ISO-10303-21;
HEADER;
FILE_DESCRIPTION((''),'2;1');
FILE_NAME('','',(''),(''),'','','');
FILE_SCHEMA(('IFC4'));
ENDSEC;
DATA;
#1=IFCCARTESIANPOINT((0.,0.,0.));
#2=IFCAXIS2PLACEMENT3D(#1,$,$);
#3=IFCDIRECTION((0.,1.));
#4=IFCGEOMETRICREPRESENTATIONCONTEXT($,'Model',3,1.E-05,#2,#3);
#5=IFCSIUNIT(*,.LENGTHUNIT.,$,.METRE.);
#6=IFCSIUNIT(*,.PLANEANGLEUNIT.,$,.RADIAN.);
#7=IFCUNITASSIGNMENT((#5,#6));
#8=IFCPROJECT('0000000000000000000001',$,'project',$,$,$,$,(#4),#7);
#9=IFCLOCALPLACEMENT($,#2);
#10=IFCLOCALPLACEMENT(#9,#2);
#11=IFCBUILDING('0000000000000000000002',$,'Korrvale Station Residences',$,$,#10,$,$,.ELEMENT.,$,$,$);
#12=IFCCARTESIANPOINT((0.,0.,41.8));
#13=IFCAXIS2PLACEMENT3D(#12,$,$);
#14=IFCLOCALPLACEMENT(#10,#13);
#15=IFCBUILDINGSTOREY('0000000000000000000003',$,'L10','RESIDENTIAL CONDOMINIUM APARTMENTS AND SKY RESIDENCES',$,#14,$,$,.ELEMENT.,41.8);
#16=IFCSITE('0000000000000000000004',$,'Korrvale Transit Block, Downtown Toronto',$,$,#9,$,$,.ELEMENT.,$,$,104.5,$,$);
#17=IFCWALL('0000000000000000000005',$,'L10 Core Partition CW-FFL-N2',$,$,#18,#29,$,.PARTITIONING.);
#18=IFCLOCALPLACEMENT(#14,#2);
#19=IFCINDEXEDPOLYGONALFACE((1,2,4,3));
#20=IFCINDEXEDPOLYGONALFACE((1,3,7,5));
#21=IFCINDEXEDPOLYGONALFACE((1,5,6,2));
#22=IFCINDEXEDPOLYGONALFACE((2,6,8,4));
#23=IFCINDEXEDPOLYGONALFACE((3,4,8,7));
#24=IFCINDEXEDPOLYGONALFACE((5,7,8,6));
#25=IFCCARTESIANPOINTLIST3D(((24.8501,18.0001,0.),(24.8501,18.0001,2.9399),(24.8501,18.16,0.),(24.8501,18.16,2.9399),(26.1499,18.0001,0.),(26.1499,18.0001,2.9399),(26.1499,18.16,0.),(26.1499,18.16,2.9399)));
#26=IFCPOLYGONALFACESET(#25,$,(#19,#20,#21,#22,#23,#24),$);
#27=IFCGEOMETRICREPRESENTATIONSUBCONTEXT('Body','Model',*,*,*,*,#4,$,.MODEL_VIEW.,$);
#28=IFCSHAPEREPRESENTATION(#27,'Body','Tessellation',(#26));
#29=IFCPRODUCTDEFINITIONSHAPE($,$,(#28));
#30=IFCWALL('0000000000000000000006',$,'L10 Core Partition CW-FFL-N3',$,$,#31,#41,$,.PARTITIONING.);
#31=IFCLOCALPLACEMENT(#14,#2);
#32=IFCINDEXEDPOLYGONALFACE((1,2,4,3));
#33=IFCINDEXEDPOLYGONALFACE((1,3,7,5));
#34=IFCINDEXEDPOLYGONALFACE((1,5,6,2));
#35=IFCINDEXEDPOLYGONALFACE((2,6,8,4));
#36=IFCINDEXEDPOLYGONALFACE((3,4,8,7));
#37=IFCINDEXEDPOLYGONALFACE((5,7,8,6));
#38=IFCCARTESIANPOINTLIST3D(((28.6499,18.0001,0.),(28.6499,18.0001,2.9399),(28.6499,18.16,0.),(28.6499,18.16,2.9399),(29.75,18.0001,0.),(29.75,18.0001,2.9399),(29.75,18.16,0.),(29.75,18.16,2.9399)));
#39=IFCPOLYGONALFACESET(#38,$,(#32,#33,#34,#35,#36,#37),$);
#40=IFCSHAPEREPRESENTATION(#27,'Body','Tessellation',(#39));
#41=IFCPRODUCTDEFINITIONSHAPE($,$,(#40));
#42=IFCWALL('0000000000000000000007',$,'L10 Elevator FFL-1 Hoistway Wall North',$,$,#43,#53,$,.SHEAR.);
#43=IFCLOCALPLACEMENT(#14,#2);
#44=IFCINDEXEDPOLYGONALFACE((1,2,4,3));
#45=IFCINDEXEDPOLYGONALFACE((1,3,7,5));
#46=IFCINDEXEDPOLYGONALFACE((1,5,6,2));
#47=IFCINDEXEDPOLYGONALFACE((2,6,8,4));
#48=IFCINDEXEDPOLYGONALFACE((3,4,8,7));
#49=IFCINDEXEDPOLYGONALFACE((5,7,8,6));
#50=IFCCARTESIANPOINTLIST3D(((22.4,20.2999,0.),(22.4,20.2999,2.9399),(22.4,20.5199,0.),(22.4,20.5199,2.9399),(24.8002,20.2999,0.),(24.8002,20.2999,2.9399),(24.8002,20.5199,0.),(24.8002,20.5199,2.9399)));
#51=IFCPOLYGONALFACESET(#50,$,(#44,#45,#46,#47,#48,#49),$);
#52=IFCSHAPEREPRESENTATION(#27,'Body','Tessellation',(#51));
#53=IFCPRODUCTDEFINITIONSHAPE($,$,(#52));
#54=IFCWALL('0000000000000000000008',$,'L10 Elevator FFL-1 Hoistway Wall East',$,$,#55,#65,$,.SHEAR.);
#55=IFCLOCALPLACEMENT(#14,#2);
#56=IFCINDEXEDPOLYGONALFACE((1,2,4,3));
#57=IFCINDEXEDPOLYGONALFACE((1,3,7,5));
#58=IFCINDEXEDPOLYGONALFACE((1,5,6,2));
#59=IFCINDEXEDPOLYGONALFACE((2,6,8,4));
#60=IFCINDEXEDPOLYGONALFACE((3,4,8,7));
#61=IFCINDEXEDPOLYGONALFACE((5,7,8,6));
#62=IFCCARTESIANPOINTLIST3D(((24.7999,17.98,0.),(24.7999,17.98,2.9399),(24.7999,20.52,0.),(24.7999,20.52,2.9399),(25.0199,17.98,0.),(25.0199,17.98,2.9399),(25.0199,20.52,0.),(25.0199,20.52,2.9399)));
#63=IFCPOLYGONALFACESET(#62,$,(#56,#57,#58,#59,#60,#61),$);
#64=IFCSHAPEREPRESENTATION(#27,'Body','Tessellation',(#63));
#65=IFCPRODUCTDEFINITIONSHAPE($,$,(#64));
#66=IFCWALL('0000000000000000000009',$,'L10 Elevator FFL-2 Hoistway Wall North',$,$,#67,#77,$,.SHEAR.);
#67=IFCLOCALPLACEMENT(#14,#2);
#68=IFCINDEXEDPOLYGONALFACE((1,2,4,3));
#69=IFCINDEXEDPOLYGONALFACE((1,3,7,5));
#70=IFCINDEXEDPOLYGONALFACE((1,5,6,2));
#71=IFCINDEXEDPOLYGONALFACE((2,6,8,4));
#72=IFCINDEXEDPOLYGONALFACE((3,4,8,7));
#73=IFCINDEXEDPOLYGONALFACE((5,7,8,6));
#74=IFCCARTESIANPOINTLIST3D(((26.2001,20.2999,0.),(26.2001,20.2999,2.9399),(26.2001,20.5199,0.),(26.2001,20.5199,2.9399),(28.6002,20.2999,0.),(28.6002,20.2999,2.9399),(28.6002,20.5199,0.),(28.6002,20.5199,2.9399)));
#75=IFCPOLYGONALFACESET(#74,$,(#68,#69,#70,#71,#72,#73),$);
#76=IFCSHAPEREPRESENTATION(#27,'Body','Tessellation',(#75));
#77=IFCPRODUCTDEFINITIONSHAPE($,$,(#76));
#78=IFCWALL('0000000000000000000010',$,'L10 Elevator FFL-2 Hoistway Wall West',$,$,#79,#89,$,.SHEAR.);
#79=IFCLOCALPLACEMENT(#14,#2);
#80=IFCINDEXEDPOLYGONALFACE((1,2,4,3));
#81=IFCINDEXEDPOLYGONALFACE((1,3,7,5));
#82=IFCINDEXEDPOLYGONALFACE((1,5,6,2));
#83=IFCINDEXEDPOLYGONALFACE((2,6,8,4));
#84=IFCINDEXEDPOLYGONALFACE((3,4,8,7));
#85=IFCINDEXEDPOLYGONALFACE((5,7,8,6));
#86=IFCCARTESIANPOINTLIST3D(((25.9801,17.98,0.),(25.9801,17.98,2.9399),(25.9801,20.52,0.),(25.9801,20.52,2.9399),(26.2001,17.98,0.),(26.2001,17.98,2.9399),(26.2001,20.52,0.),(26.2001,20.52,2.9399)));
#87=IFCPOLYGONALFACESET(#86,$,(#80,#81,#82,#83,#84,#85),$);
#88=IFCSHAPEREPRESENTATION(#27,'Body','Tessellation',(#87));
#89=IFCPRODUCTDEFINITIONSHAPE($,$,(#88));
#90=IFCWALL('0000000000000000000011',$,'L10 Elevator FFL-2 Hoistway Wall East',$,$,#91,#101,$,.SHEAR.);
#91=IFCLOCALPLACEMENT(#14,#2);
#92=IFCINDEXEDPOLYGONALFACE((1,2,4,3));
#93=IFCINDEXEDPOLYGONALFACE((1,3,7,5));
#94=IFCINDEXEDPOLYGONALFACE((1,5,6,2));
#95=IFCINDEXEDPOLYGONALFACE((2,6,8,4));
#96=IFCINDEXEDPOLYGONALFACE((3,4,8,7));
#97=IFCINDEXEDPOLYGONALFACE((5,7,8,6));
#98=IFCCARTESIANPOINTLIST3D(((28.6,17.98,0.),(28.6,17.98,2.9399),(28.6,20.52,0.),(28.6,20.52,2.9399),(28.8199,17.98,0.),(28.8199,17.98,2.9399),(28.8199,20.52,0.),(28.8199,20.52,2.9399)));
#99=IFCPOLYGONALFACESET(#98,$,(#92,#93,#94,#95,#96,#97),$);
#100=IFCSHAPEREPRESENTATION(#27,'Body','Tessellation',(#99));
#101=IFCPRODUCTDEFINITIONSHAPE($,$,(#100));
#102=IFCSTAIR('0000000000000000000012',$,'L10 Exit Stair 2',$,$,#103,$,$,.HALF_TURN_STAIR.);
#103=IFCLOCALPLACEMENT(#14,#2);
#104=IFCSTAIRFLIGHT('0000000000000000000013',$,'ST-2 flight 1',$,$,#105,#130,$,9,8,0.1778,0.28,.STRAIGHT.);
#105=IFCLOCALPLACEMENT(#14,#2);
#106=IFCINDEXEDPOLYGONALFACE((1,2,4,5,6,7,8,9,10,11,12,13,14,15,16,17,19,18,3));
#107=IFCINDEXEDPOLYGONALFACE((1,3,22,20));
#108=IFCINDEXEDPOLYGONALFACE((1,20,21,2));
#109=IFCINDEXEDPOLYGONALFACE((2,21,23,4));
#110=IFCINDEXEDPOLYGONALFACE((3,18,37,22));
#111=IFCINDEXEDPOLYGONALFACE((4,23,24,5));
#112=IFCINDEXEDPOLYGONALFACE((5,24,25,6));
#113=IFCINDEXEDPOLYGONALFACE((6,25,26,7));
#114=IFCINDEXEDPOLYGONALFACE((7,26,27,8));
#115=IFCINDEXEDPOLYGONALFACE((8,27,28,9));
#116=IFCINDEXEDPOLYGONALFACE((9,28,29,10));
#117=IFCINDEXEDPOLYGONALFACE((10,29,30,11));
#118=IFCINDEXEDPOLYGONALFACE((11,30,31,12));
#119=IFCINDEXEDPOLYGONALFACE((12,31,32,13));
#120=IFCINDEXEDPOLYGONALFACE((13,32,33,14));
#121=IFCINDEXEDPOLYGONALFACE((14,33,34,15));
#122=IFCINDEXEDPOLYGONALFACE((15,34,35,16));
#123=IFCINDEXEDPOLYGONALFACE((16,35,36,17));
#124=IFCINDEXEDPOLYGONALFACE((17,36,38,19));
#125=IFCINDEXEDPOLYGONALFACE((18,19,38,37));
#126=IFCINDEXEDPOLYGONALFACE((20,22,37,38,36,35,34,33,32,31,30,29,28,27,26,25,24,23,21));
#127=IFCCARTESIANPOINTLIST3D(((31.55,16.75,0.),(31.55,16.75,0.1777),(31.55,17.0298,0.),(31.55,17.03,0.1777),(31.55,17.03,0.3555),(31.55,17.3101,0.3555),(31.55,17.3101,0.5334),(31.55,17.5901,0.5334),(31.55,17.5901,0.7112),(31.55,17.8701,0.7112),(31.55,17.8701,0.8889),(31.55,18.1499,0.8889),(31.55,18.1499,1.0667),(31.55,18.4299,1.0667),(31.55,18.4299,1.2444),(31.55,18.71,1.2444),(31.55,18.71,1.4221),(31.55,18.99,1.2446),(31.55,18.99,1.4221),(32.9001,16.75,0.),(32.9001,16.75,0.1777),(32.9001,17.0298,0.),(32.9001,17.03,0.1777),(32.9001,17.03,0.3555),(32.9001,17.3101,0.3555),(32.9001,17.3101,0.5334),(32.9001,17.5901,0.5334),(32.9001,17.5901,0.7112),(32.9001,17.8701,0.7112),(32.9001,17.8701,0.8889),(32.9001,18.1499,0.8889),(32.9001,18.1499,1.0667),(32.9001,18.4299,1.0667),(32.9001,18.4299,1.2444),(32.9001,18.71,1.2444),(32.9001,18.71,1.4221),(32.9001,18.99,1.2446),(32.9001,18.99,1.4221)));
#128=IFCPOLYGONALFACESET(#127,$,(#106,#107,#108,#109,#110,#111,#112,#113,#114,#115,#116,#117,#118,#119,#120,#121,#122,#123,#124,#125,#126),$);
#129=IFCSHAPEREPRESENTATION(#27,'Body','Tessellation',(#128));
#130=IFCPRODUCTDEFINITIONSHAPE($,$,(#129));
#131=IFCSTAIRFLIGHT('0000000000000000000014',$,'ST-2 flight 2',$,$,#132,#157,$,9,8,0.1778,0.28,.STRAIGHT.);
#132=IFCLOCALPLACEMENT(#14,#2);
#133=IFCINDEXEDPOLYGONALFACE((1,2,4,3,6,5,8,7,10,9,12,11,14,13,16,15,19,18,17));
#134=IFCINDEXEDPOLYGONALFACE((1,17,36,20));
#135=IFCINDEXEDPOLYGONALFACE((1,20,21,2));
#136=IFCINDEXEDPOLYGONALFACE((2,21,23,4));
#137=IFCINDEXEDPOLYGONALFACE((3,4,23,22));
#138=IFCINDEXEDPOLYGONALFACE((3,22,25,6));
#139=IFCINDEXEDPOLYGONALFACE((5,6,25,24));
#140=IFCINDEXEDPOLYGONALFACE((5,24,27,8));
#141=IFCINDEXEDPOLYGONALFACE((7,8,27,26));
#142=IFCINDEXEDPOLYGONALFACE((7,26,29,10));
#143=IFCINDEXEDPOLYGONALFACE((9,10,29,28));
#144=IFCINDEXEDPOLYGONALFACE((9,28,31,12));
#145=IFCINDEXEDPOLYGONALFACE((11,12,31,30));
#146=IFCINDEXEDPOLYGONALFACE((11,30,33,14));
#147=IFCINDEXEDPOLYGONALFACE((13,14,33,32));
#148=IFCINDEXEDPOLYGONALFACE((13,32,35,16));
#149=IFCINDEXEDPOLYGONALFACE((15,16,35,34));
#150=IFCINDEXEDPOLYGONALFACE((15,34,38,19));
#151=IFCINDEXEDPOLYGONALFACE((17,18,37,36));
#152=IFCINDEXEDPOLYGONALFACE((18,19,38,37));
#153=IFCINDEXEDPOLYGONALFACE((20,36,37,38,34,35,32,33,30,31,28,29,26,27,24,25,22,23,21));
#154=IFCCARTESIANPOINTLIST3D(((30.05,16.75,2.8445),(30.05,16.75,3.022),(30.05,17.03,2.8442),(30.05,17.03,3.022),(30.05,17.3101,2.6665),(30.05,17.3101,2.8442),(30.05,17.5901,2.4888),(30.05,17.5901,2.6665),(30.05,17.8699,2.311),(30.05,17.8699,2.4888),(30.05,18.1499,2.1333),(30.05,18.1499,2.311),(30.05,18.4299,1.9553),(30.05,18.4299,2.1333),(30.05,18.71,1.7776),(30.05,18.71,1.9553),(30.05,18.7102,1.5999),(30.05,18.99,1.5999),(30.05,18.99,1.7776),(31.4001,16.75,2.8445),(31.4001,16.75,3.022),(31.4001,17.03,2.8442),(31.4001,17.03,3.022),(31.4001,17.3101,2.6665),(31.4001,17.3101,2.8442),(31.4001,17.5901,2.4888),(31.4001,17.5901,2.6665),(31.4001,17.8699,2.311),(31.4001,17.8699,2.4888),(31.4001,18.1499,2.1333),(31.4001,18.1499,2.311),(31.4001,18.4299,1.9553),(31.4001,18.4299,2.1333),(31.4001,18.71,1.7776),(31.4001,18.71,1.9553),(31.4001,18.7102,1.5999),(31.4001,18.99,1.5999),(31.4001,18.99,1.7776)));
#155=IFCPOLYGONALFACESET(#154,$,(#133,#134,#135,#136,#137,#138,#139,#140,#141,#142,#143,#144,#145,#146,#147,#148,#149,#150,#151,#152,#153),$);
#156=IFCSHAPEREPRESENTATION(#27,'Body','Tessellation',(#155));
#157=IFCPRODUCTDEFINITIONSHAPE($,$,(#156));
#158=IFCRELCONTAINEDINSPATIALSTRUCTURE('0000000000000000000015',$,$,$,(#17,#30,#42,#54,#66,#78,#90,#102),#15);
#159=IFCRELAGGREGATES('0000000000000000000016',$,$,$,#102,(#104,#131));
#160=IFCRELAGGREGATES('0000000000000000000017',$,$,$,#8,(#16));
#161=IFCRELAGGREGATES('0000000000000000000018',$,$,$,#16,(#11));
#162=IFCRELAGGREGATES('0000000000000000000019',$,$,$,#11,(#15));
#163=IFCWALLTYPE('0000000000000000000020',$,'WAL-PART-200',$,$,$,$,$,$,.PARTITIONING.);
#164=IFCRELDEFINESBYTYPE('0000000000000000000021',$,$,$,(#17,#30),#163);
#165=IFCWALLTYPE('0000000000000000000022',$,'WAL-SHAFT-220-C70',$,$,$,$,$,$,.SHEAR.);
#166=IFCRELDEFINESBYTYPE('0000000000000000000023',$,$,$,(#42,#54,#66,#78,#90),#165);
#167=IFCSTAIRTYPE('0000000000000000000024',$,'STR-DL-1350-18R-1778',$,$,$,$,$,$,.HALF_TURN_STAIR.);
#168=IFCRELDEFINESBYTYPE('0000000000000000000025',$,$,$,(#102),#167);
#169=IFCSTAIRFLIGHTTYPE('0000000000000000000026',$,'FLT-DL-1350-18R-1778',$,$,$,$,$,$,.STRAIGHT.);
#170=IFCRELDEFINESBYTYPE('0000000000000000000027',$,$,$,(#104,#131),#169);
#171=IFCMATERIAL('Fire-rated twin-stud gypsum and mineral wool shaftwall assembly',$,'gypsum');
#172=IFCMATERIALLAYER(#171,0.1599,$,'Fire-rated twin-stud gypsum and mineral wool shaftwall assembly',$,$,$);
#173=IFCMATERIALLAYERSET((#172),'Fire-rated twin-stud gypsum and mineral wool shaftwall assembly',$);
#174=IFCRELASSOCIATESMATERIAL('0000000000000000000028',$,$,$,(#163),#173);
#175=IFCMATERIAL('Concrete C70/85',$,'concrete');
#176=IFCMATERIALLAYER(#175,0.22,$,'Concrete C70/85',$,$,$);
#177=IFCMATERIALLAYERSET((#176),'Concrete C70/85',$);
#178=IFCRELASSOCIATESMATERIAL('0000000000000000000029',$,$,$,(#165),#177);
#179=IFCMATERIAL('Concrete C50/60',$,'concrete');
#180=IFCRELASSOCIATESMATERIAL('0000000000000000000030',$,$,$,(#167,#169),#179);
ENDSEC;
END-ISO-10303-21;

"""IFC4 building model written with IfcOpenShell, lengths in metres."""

from ifc_helpers import new_model, si_unit, direction, frame, frame_2d, origin, place, context, subcontext, project, spatial, polyline, rectangle, outline, extrude, material, layer, layer_set, type_object, element, aggregate, save


model = new_model("IFC4")

# Units and contexts
model_context = context("Model", 3, precision=1e-05, world=origin(), true_north=direction((0.0, 1.0)))
body_context = subcontext(model_context, "Body", "Model", "MODEL_VIEW")
ifc_project = project(units=[si_unit("LENGTHUNIT", "METRE"), si_unit("PLANEANGLEUNIT", "RADIAN")], contexts=[model_context])

# Site, building, storey
site_placement = place(None, origin())
site = spatial("IfcSite", under=ifc_project, at=site_placement, Name="Korrvale Transit Block, Downtown Toronto", CompositionType="ELEMENT", RefElevation=104.5)
building_placement = place(site_placement, origin())
building = spatial("IfcBuilding", under=site, at=building_placement, Name="Korrvale Station Residences", CompositionType="ELEMENT")
storey_placement = place(building_placement, frame((0.0, 0.0, 41.8)))
storey = spatial("IfcBuildingStorey", under=building, at=storey_placement, Name="L10", Description="RESIDENTIAL CONDOMINIUM APARTMENTS AND SKY RESIDENCES", CompositionType="ELEMENT", Elevation=41.8)

# Shared definitions
ifc_material_1 = material(Name="Concrete C70/85", Category="concrete")

# Walls
ifc_material_2 = material(Name="Fire-rated twin-stud gypsum and mineral wool shaftwall assembly", Category="gypsum")
ifc_layer_1 = layer(ifc_material_2, 0.1599, Name="Fire-rated twin-stud gypsum and mineral wool shaftwall assembly")
ifc_layer_set_1 = layer_set([ifc_layer_1], Name="Fire-rated twin-stud gypsum and mineral wool shaftwall assembly")
wall_type_1 = type_object("IfcWallType", Name="WAL-PART-200", PredefinedType="PARTITIONING", material=ifc_layer_set_1)
wall_1_placement = place(storey_placement, frame((24.8501, 18.0801, 0.0), z_axis=(0.0, 0.0, 1.0), x_axis=(1.0, 0.0, 0.0)))
element("IfcWall", 1, at=wall_1_placement, inside=storey, type_object=wall_type_1, Name="L10 Core Partition CW-FFL-N2", PredefinedType="PARTITIONING", context=body_context, shape_type="SweptSolid", body=[
    extrude(rectangle(XDim=1.2998, YDim=0.1599, at=frame_2d((0.6499, 0.0))), origin(), (0.0, 0.0, 1.0), 2.9399),
])
wall_2_placement = place(storey_placement, frame((28.6499, 18.0801, 0.0), z_axis=(0.0, 0.0, 1.0), x_axis=(1.0, 0.0, 0.0)))
element("IfcWall", 2, at=wall_2_placement, inside=storey, type_object=wall_type_1, Name="L10 Core Partition CW-FFL-N3", PredefinedType="PARTITIONING", context=body_context, shape_type="SweptSolid", body=[
    extrude(rectangle(XDim=1.1001, YDim=0.1599, at=frame_2d((0.55, 0.0))), origin(), (0.0, 0.0, 1.0), 2.9399),
])
ifc_layer_2 = layer(ifc_material_1, 0.22, Name="Concrete C70/85")
ifc_layer_set_2 = layer_set([ifc_layer_2], Name="Concrete C70/85")
wall_type_2 = type_object("IfcWallType", Name="WAL-SHAFT-220-C70", PredefinedType="SHEAR", material=ifc_layer_set_2)
wall_3_placement = place(storey_placement, frame((22.3999, 20.4099, 0.0), z_axis=(0.0, 0.0, 1.0), x_axis=(1.0, 0.0, 0.0)))
element("IfcWall", 3, at=wall_3_placement, inside=storey, type_object=wall_type_2, Name="L10 Elevator FFL-1 Hoistway Wall North", PredefinedType="SHEAR", context=body_context, shape_type="SweptSolid", body=[
    extrude(rectangle(XDim=2.4001, YDim=0.22, at=frame_2d((1.2002, 0.0))), origin(), (0.0, 0.0, 1.0), 2.9399),
])
wall_4_placement = place(storey_placement, frame((24.9099, 17.98, 0.0), z_axis=(0.0, 0.0, 1.0), x_axis=(0.0, 1.0, 0.0)))
element("IfcWall", 4, at=wall_4_placement, inside=storey, type_object=wall_type_2, Name="L10 Elevator FFL-1 Hoistway Wall East", PredefinedType="SHEAR", context=body_context, shape_type="SweptSolid", body=[
    extrude(rectangle(XDim=2.54, YDim=0.22, at=frame_2d((1.27, 0.0))), origin(), (0.0, 0.0, 1.0), 2.9399),
])

# Walls
wall_5_placement = place(storey_placement, frame((26.2, 20.4099, 0.0), z_axis=(0.0, 0.0, 1.0), x_axis=(1.0, 0.0, 0.0)))
element("IfcWall", 5, at=wall_5_placement, inside=storey, type_object=wall_type_2, Name="L10 Elevator FFL-2 Hoistway Wall North", PredefinedType="SHEAR", context=body_context, shape_type="SweptSolid", body=[
    extrude(rectangle(XDim=2.4001, YDim=0.22, at=frame_2d((1.2002, 0.0))), origin(), (0.0, 0.0, 1.0), 2.9399),
])
for number, where, z_axis, x_axis, name in (
    (6, (26.0901, 17.98, 0.0), (0.0, 0.0, 1.0), (0.0, 1.0, 0.0), "L10 Elevator FFL-2 Hoistway Wall West"),
    (7, (28.71, 17.98, 0.0), (0.0, 0.0, 1.0), (0.0, 1.0, 0.0), "L10 Elevator FFL-2 Hoistway Wall East"),
):
    element("IfcWall", number, at=place(storey_placement, frame(where, z_axis=z_axis, x_axis=x_axis)), inside=storey, type_object=wall_type_2, Name=name, PredefinedType="SHEAR", context=body_context, shape_type="SweptSolid", body=[
        extrude(rectangle(XDim=2.54, YDim=0.22, at=frame_2d((1.27, 0.0))), origin(), (0.0, 0.0, 1.0), 2.9399),
    ])

# Stair, stair flights
ifc_material_3 = material(Name="Concrete C50/60", Category="concrete")
stair_type = type_object("IfcStairType", Name="STR-DL-1350-18R-1778", PredefinedType="HALF_TURN_STAIR", material=ifc_material_3)
stair_placement = place(storey_placement, origin())
stair = element("IfcStair", 8, at=stair_placement, inside=storey, type_object=stair_type, Name="L10 Exit Stair 2", PredefinedType="HALF_TURN_STAIR")
stair_flight_type = type_object("IfcStairFlightType", Name="FLT-DL-1350-18R-1778", PredefinedType="STRAIGHT", material=ifc_material_3)
stair_flight_1_placement = place(storey_placement, frame((32.2251, 16.75, 0.0), z_axis=(0.0, 0.0, 1.0), x_axis=(0.0, 1.0, 0.0)))
stair_flight_1 = element("IfcStairFlight", 9, at=stair_flight_1_placement, type_object=stair_flight_type, Name="ST-2 flight 1", NumberOfRisers=9, NumberOfTreads=8, PredefinedType="STRAIGHT", RiserHeight=0.1778, TreadLength=0.28, context=body_context, shape_type="SweptSolid", body=[
    extrude(outline(polyline([(0.0, 0.0), (0.0, 0.1777), (0.28, 0.1777), (0.28, 0.3555), (0.5601, 0.3555), (0.5601, 0.5334), (0.8401, 0.5334), (0.8401, 0.7112), (1.1201, 0.7112), (1.1201, 0.8889), (1.3999, 0.8889), (1.3999, 1.0667), (1.6799, 1.0667), (1.6799, 1.2444), (1.96, 1.2444), (1.96, 1.4221), (2.24, 1.4221), (2.24, 1.6001), (2.24, 1.2446), (0.2798, 0.0), (0.0, 0.0)])), frame((0.0, 0.675, 0.0), z_axis=(0.0, -1.0, 0.0), x_axis=(1.0, 0.0, 0.0)), (0.0, 0.0, 1.0), 1.3501),
])
stair_flight_2_placement = place(storey_placement, frame((30.7251, 18.99, 1.5999), z_axis=(0.0, 0.0, 1.0), x_axis=(0.0, -1.0, 0.0)))
stair_flight_2 = element("IfcStairFlight", 10, at=stair_flight_2_placement, type_object=stair_flight_type, Name="ST-2 flight 2", NumberOfRisers=9, NumberOfTreads=8, PredefinedType="STRAIGHT", RiserHeight=0.1778, TreadLength=0.28, context=body_context, shape_type="SweptSolid", body=[
    extrude(outline(polyline([(0.0, 0.0), (0.0, 0.1777), (0.28, 0.1777), (0.28, 0.3555), (0.5601, 0.3555), (0.5601, 0.5334), (0.8401, 0.5334), (0.8401, 0.7112), (1.1201, 0.7112), (1.1201, 0.8889), (1.3999, 0.8889), (1.3999, 1.0667), (1.6799, 1.0667), (1.6799, 1.2444), (1.96, 1.2444), (1.96, 1.4221), (2.24, 1.4221), (2.24, 1.6001), (2.24, 1.2446), (0.2798, 0.0), (0.0, 0.0)])), frame((0.0, 0.675, 0.0), z_axis=(0.0, -1.0, 0.0), x_axis=(1.0, 0.0, 0.0)), (0.0, 0.0, 1.0), 1.3501),
])
aggregate(stair, [stair_flight_1, stair_flight_2])

save(model, "model.ifc")
